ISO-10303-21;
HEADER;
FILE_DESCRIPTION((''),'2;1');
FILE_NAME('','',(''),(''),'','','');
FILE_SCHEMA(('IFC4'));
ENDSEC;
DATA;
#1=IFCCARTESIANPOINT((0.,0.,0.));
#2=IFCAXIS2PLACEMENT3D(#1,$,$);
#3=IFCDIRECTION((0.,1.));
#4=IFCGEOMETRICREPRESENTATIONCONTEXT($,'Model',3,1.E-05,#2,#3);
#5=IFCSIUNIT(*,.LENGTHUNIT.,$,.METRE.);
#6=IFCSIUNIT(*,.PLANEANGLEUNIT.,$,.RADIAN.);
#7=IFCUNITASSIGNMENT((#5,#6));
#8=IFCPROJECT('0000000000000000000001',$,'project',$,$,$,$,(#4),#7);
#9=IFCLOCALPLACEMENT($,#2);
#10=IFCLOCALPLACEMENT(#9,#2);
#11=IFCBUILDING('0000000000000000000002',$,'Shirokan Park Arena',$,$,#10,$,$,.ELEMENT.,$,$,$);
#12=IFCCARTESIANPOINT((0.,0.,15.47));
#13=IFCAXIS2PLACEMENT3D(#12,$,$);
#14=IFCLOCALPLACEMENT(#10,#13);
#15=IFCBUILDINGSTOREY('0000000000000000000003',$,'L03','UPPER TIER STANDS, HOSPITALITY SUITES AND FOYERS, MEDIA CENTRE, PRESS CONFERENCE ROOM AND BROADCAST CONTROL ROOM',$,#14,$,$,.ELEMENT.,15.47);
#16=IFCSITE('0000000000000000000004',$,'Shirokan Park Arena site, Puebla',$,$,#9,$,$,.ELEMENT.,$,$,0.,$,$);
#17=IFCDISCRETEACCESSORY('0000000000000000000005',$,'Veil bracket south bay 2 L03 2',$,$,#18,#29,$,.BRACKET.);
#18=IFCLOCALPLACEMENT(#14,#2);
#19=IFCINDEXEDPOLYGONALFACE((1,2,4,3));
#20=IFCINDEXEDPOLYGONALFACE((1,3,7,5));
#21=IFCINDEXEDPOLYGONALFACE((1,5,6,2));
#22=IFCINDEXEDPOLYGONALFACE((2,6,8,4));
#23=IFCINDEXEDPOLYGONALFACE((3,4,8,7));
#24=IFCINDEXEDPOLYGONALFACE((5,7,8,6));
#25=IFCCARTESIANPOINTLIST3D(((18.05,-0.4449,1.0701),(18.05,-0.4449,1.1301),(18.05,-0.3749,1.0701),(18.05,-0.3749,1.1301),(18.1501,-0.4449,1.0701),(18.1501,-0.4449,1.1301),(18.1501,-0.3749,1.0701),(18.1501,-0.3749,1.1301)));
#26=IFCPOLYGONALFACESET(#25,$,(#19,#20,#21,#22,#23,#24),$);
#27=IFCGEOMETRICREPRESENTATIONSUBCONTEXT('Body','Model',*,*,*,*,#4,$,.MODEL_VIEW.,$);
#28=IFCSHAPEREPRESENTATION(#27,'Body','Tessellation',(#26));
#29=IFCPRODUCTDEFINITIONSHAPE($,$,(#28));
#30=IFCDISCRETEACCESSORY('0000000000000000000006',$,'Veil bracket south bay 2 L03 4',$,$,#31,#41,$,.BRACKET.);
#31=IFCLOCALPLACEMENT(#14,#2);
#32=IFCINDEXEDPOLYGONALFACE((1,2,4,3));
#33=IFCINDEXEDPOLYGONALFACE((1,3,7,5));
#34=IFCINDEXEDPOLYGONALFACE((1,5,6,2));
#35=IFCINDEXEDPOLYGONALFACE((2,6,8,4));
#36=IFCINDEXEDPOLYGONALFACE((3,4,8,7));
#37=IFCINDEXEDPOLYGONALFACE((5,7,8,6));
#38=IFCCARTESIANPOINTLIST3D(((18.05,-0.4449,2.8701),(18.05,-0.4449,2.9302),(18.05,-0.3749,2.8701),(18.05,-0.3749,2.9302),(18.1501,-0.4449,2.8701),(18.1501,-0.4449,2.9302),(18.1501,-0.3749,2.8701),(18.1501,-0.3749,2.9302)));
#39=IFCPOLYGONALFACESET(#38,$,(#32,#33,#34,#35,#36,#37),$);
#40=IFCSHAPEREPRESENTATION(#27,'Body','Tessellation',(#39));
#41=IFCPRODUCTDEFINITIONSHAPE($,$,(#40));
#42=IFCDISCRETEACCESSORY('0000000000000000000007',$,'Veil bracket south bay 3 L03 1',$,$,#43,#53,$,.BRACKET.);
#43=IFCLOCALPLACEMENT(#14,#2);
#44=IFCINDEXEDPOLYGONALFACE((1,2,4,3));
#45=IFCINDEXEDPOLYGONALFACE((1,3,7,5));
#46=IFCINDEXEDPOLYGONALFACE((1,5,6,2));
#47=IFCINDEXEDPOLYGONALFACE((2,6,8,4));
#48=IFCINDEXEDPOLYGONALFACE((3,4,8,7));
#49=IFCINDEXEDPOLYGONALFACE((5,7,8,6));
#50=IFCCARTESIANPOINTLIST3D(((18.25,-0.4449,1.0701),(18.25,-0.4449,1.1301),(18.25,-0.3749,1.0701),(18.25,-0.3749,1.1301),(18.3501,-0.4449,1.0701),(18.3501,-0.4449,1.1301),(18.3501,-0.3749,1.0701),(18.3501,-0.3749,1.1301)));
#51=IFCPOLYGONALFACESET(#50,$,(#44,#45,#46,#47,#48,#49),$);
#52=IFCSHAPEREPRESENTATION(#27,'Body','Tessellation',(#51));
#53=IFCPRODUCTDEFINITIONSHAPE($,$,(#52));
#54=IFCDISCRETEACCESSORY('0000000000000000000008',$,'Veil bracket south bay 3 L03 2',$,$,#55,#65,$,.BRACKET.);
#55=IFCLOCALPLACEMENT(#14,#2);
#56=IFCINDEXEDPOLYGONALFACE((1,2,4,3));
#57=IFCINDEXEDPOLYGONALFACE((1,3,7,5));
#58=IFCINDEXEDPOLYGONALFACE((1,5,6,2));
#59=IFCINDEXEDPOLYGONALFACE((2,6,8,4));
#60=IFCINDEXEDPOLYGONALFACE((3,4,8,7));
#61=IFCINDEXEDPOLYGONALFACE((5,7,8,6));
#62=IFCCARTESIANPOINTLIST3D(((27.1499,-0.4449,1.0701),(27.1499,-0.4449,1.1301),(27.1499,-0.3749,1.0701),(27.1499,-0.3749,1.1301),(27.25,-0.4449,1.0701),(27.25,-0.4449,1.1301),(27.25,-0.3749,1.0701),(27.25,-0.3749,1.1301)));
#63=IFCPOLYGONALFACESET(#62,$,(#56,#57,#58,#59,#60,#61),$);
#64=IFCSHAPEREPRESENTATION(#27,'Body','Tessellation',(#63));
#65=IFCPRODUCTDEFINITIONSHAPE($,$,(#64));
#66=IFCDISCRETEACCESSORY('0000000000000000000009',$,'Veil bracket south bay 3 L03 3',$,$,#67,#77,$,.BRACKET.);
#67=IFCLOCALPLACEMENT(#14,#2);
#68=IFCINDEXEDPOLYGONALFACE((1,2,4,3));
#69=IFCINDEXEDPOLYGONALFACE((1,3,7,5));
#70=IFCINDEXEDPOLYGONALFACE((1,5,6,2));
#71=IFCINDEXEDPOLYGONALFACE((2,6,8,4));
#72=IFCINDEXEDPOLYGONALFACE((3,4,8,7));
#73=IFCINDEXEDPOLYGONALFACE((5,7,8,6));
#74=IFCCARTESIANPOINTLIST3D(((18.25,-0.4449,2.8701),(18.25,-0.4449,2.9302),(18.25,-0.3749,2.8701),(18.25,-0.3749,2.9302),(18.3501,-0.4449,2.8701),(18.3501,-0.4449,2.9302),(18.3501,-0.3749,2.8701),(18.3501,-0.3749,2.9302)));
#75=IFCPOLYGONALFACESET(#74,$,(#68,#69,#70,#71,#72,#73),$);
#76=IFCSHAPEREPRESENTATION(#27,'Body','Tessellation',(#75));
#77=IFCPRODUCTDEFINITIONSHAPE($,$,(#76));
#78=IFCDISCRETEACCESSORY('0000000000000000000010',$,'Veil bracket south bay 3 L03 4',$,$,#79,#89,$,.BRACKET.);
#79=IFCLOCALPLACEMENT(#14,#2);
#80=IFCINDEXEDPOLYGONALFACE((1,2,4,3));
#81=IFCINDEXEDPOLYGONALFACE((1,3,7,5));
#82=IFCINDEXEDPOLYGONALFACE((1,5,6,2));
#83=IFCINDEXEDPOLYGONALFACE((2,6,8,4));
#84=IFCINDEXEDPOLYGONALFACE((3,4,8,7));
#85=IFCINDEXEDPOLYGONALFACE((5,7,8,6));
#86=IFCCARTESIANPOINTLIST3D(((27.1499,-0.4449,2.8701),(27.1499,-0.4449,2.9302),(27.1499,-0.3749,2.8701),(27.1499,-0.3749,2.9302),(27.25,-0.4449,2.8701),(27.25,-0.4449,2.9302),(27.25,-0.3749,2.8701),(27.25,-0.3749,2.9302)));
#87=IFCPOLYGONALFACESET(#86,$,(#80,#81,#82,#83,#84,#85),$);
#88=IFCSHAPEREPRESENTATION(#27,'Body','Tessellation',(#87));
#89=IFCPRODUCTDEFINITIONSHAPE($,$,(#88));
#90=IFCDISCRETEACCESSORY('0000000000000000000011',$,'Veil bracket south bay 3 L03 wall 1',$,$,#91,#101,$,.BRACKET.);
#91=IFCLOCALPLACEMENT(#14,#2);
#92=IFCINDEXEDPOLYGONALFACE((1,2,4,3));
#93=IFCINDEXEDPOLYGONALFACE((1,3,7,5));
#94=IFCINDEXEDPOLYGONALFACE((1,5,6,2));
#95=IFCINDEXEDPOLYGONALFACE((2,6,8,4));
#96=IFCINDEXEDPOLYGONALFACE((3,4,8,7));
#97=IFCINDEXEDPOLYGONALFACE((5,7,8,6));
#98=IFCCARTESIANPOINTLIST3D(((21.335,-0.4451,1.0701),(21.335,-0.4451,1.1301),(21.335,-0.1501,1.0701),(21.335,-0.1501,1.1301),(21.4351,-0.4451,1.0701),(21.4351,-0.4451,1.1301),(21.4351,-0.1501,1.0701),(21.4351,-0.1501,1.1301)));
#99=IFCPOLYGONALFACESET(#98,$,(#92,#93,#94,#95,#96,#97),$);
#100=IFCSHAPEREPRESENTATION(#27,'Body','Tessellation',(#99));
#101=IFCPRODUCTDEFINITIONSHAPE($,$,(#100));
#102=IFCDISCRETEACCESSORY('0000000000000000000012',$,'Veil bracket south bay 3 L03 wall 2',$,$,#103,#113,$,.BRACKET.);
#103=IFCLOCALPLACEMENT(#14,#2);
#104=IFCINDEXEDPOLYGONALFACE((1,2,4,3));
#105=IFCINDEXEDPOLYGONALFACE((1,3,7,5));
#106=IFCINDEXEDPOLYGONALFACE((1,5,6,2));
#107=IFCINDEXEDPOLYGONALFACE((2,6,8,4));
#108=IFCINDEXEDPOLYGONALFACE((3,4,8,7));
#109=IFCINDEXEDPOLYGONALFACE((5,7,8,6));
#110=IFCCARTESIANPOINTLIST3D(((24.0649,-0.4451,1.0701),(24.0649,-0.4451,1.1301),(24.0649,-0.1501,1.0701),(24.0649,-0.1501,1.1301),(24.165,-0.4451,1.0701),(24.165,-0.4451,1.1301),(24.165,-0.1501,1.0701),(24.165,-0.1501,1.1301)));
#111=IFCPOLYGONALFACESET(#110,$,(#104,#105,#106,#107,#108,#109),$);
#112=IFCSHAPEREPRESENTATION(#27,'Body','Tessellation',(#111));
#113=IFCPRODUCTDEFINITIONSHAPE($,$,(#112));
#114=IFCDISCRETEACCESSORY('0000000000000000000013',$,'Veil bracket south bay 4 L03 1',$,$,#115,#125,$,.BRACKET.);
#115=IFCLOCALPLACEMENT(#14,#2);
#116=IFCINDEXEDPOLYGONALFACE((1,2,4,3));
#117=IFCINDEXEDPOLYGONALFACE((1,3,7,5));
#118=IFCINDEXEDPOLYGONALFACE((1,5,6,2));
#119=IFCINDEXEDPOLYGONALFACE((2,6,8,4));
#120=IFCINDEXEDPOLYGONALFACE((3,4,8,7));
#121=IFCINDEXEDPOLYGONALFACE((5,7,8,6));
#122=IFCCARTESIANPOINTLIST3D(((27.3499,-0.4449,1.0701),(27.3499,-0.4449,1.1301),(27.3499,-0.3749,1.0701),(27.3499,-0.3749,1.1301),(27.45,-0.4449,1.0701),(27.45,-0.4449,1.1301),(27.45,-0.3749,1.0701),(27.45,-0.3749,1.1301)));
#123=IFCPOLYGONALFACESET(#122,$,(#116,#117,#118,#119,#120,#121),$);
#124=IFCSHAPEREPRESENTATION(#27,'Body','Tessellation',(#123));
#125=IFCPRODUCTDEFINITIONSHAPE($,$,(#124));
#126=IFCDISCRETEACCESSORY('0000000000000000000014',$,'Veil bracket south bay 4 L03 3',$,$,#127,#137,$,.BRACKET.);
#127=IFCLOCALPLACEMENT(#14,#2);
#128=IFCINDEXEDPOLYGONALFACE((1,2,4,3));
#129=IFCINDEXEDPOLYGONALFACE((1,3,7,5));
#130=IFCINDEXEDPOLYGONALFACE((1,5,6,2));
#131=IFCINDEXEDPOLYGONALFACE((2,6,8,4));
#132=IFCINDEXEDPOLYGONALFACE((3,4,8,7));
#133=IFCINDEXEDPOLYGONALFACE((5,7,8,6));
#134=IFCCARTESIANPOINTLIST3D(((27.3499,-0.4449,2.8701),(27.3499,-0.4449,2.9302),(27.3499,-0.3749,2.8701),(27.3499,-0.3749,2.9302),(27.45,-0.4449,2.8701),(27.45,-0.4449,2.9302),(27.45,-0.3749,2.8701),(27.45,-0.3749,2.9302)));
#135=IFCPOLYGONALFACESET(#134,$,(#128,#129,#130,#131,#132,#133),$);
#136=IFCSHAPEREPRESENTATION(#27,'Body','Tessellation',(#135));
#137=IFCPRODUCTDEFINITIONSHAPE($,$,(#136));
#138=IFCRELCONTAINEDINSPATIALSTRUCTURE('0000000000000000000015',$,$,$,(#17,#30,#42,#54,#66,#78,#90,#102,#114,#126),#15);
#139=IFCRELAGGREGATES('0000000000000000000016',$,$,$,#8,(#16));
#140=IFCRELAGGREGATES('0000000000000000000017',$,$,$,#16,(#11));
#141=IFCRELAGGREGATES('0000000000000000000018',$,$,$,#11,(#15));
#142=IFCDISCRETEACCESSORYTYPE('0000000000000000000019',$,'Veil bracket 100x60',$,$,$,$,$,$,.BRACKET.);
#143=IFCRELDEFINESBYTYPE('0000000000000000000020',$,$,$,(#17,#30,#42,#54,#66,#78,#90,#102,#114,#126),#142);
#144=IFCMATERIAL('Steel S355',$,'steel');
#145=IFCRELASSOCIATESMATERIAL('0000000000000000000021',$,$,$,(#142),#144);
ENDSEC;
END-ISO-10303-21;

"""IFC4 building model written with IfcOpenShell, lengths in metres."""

from ifc_helpers import new_model, si_unit, direction, frame, origin, origin_2d, place, context, subcontext, project, spatial, rectangle, extrude, material, type_object, element, save


model = new_model("IFC4")

# Units and contexts
model_context = context("Model", 3, precision=1e-05, world=origin(), true_north=direction((0.0, 1.0)))
body_context = subcontext(model_context, "Body", "Model", "MODEL_VIEW")
ifc_project = project(units=[si_unit("LENGTHUNIT", "METRE"), si_unit("PLANEANGLEUNIT", "RADIAN")], contexts=[model_context])

# Site, building, storey
site_placement = place(None, origin())
site = spatial("IfcSite", under=ifc_project, at=site_placement, Name="Shirokan Park Arena site, Puebla", CompositionType="ELEMENT", RefElevation=0.0)
building_placement = place(site_placement, origin())
building = spatial("IfcBuilding", under=site, at=building_placement, Name="Shirokan Park Arena", CompositionType="ELEMENT")
storey_placement = place(building_placement, frame((0.0, 0.0, 15.47)))
storey = spatial("IfcBuildingStorey", under=building, at=storey_placement, Name="L03", Description="UPPER TIER STANDS, HOSPITALITY SUITES AND FOYERS, MEDIA CENTRE, PRESS CONFERENCE ROOM AND BROADCAST CONTROL ROOM", CompositionType="ELEMENT", Elevation=15.47)

# Shared definitions
ifc_material_1 = material(Name="Steel S355", Category="steel")

# Discrete accessories
discrete_accessory_type = type_object("IfcDiscreteAccessoryType", Name="Veil bracket 100x60", PredefinedType="BRACKET", material=ifc_material_1)
for number, where, z_axis, x_axis, name in (
    (1, (18.1001, -0.4099, 1.0701), (0.0, 0.0, 1.0), (1.0, 0.0, 0.0), "Veil bracket south bay 2 L03 2"),
    (2, (18.1001, -0.4099, 2.8701), (0.0, 0.0, 1.0), (1.0, 0.0, 0.0), "Veil bracket south bay 2 L03 4"),
    (3, (18.3, -0.4099, 1.0701), (0.0, 0.0, 1.0), (1.0, 0.0, 0.0), "Veil bracket south bay 3 L03 1"),
    (4, (27.2, -0.4099, 1.0701), (0.0, 0.0, 1.0), (1.0, 0.0, 0.0), "Veil bracket south bay 3 L03 2"),
    (5, (18.3, -0.4099, 2.8701), (0.0, 0.0, 1.0), (1.0, 0.0, 0.0), "Veil bracket south bay 3 L03 3"),
    (6, (27.2, -0.4099, 2.8701), (0.0, 0.0, 1.0), (1.0, 0.0, 0.0), "Veil bracket south bay 3 L03 4"),
):
    element("IfcDiscreteAccessory", number, at=place(storey_placement, frame(where, z_axis=z_axis, x_axis=x_axis)), inside=storey, type_object=discrete_accessory_type, Name=name, PredefinedType="BRACKET", context=body_context, shape_type="SweptSolid", body=[
        extrude(rectangle(XDim=0.1001, YDim=0.0701, at=origin_2d()), origin(), (0.0, 0.0, 1.0), 0.0601),
    ])
for number, where, z_axis, x_axis, name in (
    (7, (21.385, -0.2976, 1.0701), (0.0, 0.0, 1.0), (1.0, 0.0, 0.0), "Veil bracket south bay 3 L03 wall 1"),
    (8, (24.115, -0.2976, 1.0701), (0.0, 0.0, 1.0), (1.0, 0.0, 0.0), "Veil bracket south bay 3 L03 wall 2"),
):
    element("IfcDiscreteAccessory", number, at=place(storey_placement, frame(where, z_axis=z_axis, x_axis=x_axis)), inside=storey, type_object=discrete_accessory_type, Name=name, PredefinedType="BRACKET", context=body_context, shape_type="SweptSolid", body=[
        extrude(rectangle(XDim=0.1001, YDim=0.2949, at=origin_2d()), origin(), (0.0, 0.0, 1.0), 0.0601),
    ])
for number, where, z_axis, x_axis, name in (
    (9, (27.3999, -0.4099, 1.0701), (0.0, 0.0, 1.0), (1.0, 0.0, 0.0), "Veil bracket south bay 4 L03 1"),
    (10, (27.3999, -0.4099, 2.8701), (0.0, 0.0, 1.0), (1.0, 0.0, 0.0), "Veil bracket south bay 4 L03 3"),
):
    element("IfcDiscreteAccessory", number, at=place(storey_placement, frame(where, z_axis=z_axis, x_axis=x_axis)), inside=storey, type_object=discrete_accessory_type, Name=name, PredefinedType="BRACKET", context=body_context, shape_type="SweptSolid", body=[
        extrude(rectangle(XDim=0.1001, YDim=0.0701, at=origin_2d()), origin(), (0.0, 0.0, 1.0), 0.0601),
    ])

save(model, "model.ifc")
